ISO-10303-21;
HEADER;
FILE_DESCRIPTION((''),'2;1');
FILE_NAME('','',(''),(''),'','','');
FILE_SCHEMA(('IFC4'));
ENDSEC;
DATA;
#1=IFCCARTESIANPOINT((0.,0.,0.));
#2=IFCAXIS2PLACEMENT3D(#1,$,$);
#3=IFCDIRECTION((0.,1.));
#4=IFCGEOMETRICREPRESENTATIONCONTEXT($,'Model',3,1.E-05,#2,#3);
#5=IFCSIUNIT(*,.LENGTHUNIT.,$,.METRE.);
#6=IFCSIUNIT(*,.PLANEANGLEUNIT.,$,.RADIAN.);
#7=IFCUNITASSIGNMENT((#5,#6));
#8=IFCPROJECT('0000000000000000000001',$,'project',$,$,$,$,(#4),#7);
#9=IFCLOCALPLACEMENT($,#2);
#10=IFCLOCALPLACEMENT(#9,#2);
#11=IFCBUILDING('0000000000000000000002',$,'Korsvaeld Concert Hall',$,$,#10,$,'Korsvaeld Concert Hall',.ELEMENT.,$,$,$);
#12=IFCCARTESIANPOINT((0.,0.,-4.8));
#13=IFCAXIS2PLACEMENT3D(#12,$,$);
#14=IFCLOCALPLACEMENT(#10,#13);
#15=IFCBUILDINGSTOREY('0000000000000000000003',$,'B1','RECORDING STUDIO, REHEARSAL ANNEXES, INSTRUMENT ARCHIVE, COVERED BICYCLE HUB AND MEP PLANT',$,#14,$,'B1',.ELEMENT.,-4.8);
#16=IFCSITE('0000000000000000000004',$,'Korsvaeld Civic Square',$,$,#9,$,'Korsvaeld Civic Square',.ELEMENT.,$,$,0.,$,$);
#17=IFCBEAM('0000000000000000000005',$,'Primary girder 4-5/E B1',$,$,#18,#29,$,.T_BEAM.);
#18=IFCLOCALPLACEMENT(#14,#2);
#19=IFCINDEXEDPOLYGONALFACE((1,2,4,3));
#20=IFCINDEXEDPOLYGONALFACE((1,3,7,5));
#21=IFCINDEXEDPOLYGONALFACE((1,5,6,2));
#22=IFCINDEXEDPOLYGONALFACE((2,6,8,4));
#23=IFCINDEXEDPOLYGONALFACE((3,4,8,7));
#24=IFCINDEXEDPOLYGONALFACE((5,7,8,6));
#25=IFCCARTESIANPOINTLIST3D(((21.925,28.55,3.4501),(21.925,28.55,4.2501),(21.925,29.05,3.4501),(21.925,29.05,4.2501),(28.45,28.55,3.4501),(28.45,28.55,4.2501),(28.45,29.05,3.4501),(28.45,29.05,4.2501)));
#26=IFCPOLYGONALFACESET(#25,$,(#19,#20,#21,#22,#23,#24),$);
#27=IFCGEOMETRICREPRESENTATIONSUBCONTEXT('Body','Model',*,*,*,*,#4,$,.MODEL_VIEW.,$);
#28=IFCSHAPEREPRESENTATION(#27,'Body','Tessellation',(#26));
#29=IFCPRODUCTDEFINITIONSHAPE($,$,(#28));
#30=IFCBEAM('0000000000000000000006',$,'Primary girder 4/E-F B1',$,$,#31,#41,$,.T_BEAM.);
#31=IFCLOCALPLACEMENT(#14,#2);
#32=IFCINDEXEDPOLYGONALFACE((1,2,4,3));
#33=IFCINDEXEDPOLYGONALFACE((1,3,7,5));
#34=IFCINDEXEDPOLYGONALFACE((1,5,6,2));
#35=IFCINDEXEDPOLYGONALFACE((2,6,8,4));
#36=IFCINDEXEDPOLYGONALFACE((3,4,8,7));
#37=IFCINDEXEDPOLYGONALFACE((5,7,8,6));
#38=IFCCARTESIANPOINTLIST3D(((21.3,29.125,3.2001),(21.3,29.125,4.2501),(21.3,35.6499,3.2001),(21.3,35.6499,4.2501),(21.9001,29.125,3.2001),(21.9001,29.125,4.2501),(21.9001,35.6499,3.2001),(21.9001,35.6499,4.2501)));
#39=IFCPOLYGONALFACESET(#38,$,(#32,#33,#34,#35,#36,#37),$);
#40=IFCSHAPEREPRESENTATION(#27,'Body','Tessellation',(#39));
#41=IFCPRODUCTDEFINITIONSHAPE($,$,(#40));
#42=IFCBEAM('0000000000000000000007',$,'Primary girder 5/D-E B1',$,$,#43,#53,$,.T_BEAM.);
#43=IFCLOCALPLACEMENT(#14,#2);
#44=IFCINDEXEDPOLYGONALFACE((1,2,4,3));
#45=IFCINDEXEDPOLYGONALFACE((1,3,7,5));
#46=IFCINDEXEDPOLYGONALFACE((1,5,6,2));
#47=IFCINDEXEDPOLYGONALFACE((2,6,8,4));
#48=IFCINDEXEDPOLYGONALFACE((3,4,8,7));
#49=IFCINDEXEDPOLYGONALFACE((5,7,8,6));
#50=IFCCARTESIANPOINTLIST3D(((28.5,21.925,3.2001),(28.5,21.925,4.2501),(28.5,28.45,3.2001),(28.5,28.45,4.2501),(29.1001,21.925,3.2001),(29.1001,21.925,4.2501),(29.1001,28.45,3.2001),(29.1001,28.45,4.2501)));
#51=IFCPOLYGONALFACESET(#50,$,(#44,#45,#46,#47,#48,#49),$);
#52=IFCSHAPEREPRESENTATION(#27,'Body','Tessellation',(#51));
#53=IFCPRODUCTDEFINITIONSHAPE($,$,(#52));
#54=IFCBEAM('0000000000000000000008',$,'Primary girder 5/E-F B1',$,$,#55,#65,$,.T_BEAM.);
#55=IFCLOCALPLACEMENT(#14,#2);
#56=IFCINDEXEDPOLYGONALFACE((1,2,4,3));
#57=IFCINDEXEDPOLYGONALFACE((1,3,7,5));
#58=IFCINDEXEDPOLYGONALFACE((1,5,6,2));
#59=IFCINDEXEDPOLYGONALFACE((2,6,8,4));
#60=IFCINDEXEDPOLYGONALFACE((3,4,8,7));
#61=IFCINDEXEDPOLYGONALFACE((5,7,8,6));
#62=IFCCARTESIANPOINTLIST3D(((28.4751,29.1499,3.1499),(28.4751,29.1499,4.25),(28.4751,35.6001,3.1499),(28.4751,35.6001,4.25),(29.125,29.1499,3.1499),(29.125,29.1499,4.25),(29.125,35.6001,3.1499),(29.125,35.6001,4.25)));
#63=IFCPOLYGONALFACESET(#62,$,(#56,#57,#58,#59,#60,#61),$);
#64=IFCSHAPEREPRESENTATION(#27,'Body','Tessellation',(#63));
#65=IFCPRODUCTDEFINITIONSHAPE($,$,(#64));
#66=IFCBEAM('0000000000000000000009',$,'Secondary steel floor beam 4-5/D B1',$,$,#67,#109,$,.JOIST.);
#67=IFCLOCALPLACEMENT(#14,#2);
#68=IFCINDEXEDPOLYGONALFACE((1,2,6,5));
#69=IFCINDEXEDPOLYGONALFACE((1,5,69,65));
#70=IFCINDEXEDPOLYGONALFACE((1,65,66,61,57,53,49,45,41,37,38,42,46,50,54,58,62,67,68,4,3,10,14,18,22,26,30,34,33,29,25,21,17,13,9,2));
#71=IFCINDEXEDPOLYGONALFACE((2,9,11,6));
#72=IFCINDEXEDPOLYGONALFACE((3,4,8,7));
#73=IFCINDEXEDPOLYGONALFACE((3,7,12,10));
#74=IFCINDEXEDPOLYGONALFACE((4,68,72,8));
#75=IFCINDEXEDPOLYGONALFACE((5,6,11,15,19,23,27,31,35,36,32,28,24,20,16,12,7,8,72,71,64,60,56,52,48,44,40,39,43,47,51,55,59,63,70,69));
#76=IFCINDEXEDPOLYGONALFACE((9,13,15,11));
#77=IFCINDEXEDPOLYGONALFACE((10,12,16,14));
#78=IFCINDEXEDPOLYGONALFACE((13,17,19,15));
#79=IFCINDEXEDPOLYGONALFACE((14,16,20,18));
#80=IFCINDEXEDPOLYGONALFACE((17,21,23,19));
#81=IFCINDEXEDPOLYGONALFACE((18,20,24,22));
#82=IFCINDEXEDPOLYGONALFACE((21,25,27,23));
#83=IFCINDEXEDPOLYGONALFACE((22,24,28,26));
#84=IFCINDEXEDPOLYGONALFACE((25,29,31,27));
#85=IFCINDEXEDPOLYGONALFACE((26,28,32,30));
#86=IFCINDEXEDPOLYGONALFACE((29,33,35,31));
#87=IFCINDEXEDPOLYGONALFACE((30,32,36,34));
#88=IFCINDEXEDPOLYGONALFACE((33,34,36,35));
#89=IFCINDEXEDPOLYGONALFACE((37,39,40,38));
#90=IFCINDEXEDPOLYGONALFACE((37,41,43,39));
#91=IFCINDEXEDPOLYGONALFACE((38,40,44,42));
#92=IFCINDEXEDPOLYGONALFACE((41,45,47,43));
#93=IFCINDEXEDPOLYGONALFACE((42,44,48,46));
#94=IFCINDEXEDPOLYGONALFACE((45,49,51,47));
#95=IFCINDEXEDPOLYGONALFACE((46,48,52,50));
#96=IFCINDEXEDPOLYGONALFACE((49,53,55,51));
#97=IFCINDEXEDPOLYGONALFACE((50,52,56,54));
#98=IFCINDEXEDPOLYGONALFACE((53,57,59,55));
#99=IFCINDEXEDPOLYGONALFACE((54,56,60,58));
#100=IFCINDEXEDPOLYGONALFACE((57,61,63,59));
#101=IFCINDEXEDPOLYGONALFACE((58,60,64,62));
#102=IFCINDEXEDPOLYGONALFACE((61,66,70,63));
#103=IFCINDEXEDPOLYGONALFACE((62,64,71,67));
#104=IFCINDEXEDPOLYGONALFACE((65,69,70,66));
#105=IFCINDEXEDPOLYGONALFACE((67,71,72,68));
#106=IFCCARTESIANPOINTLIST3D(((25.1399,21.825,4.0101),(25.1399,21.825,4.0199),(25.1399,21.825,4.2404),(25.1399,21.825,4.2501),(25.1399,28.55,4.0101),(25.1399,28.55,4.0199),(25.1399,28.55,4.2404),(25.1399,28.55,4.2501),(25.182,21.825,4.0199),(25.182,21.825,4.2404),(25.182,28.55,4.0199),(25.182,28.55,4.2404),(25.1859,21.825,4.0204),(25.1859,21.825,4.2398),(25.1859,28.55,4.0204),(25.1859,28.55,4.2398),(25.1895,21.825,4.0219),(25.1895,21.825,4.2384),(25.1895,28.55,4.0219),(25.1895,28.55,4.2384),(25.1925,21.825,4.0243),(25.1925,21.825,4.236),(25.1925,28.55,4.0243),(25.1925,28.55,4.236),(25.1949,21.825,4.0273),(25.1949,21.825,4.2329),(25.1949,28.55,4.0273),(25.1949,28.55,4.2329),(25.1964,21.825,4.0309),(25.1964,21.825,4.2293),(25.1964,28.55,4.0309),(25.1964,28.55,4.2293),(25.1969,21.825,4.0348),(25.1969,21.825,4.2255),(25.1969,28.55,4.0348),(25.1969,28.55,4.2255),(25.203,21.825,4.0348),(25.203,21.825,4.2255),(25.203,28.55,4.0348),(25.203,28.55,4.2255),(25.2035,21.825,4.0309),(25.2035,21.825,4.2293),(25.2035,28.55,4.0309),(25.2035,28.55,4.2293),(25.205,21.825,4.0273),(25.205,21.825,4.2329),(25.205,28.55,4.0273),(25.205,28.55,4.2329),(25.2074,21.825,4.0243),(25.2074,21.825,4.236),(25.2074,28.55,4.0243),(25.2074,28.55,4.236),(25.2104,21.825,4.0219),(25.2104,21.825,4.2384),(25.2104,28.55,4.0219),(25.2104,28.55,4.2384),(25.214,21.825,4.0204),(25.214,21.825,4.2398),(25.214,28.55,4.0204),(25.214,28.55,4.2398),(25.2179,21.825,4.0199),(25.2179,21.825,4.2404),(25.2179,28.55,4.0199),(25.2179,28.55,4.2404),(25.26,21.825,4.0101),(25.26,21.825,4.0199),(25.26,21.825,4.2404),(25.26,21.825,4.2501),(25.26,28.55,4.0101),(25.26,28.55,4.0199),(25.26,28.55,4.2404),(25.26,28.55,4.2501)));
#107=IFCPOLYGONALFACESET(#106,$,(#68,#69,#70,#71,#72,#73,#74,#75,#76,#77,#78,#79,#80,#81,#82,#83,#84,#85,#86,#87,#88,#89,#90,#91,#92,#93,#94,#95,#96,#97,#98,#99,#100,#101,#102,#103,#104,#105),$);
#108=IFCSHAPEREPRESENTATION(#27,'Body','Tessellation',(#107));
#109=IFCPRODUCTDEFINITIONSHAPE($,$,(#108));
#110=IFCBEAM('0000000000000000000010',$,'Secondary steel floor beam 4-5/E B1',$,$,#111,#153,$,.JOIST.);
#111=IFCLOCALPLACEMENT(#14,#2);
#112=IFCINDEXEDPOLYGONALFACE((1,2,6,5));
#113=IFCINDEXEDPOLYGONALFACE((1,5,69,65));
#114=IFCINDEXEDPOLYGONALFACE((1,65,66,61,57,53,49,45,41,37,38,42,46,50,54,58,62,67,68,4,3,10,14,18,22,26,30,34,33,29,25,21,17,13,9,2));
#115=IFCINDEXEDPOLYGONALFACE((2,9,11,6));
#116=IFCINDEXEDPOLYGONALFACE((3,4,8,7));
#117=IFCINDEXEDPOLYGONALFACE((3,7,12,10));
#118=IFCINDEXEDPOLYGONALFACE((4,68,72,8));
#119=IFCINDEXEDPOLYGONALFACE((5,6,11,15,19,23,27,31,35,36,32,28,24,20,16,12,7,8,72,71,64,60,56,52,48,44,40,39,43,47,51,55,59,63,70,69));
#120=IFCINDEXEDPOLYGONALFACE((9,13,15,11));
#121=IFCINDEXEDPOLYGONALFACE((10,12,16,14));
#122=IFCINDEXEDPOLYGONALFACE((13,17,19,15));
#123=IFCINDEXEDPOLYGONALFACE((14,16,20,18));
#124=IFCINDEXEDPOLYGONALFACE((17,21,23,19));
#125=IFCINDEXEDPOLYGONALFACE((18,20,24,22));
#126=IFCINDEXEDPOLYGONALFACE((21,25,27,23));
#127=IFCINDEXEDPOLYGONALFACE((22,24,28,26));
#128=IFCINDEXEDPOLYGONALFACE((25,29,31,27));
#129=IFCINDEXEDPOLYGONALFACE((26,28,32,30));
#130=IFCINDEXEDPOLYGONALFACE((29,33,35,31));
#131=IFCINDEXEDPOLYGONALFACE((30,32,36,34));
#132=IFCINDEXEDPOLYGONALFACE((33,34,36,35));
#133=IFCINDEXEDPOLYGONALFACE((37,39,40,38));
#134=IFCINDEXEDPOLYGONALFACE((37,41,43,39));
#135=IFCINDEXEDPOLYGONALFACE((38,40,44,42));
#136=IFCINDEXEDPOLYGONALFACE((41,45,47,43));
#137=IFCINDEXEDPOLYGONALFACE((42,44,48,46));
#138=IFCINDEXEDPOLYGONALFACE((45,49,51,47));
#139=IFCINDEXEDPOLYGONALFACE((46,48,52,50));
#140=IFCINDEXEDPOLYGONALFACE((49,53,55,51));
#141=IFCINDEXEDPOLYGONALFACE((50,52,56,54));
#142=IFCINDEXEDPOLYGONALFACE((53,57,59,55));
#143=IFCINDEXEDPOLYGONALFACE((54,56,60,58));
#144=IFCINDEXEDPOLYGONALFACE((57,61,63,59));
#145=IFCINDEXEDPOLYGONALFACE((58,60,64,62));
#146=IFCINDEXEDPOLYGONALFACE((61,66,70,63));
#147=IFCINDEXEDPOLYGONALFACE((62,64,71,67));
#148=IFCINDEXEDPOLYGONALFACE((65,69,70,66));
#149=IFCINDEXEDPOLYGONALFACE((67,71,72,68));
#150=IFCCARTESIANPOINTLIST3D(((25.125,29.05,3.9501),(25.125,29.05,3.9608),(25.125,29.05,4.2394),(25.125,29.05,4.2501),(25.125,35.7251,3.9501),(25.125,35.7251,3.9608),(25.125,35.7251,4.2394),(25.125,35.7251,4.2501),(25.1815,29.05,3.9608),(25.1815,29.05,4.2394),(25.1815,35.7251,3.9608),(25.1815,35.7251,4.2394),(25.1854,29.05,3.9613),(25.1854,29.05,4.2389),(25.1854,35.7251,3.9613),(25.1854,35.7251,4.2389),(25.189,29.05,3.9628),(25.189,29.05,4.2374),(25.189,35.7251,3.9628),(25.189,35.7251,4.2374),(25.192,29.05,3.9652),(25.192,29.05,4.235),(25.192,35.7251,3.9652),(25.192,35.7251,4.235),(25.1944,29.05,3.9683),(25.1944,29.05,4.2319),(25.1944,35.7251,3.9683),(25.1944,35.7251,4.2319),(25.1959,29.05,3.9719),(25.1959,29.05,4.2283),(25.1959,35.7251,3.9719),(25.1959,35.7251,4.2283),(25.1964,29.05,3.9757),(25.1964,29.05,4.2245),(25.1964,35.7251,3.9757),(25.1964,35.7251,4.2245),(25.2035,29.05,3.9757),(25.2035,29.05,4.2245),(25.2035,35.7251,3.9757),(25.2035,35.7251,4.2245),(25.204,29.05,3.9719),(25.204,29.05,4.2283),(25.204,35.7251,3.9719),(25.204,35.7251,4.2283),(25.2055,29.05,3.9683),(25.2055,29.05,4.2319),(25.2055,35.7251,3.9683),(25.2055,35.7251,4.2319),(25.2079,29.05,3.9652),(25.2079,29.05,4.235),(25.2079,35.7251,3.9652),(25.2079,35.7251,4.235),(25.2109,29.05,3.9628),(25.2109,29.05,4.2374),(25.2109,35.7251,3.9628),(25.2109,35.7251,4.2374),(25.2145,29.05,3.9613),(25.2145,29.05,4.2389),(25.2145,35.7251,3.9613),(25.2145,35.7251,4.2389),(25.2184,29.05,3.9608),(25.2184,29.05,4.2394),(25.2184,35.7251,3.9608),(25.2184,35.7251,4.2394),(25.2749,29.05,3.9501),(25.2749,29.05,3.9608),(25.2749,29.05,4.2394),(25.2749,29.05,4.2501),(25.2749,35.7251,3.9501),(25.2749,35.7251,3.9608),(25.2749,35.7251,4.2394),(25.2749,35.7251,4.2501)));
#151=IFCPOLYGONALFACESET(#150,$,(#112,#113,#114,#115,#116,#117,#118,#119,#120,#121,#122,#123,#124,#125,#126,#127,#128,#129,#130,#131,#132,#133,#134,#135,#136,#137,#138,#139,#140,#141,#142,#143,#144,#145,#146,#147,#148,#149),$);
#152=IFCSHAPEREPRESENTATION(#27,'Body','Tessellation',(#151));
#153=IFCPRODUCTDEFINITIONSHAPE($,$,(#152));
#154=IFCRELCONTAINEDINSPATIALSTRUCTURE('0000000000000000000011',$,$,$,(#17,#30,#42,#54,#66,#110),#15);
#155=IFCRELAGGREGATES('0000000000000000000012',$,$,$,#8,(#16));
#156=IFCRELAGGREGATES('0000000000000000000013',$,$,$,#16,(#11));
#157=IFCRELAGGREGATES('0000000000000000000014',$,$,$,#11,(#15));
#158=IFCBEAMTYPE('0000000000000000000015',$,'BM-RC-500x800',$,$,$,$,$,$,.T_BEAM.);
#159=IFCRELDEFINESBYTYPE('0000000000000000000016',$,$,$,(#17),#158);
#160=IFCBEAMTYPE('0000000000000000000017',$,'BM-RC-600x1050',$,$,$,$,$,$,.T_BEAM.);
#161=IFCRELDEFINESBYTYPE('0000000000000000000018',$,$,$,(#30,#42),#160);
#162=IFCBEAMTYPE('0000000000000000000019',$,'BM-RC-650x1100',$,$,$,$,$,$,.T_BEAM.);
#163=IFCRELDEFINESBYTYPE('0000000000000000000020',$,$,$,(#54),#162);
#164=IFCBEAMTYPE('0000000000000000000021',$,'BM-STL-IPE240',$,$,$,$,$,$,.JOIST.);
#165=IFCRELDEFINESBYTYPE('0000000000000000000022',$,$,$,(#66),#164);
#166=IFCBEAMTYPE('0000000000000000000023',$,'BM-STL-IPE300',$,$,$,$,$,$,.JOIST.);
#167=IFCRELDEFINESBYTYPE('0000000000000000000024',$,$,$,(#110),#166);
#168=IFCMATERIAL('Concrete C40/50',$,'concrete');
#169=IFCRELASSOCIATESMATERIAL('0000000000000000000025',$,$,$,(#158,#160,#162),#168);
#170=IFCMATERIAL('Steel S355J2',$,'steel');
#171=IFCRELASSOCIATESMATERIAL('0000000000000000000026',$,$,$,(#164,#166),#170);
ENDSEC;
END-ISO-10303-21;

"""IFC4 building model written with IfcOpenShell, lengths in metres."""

from ifc_helpers import new_model, si_unit, direction, frame, origin, origin_2d, place, context, subcontext, project, spatial, rectangle, i_section, extrude, material, material_profile, profile_set, type_object, element, save


model = new_model("IFC4")

# Units and contexts
model_context = context("Model", 3, precision=1e-05, world=origin(), true_north=direction((0.0, 1.0)))
body_context = subcontext(model_context, "Body", "Model", "MODEL_VIEW")
ifc_project = project(units=[si_unit("LENGTHUNIT", "METRE"), si_unit("PLANEANGLEUNIT", "RADIAN")], contexts=[model_context])

# Site, building, storey
site_placement = place(None, origin())
site = spatial("IfcSite", under=ifc_project, at=site_placement, Name="Korsvaeld Civic Square", LongName="Korsvaeld Civic Square", CompositionType="ELEMENT", RefElevation=0.0)
building_placement = place(site_placement, origin())
building = spatial("IfcBuilding", under=site, at=building_placement, Name="Korsvaeld Concert Hall", LongName="Korsvaeld Concert Hall", CompositionType="ELEMENT")
storey_placement = place(building_placement, frame((0.0, 0.0, -4.8)))
storey = spatial("IfcBuildingStorey", under=building, at=storey_placement, Name="B1", Description="RECORDING STUDIO, REHEARSAL ANNEXES, INSTRUMENT ARCHIVE, COVERED BICYCLE HUB AND MEP PLANT", LongName="B1", CompositionType="ELEMENT", Elevation=-4.8)

# Shared definitions
ifc_material_1 = material(Name="Concrete C40/50", Category="concrete")

# Beams
ifc_material_profile_1 = material_profile(ifc_material_1, rectangle(XDim=0.5, YDim=0.8, at=origin_2d()), Name="RC 500x800")
ifc_profile_set_1 = profile_set([ifc_material_profile_1], Name="Concrete C40/50")
beam_type_1 = type_object("IfcBeamType", Name="BM-RC-500x800", PredefinedType="T_BEAM", material=ifc_profile_set_1)
beam_1_placement = place(storey_placement, frame((21.925, 28.8, 3.8501), z_axis=(1.0, 0.0, 0.0), x_axis=(0.0, 1.0, 0.0)))
element("IfcBeam", 1, at=beam_1_placement, inside=storey, type_object=beam_type_1, Name="Primary girder 4-5/E B1", PredefinedType="T_BEAM", context=body_context, shape_type="SweptSolid", body=[
    extrude(rectangle(XDim=0.5, YDim=0.8, at=origin_2d()), origin(), (0.0, 0.0, 1.0), 6.5249),
])
ifc_material_profile_2 = material_profile(ifc_material_1, rectangle(XDim=0.6001, YDim=1.05, at=origin_2d()), Name="RC 600x1050")
ifc_profile_set_2 = profile_set([ifc_material_profile_2], Name="Concrete C40/50")
beam_type_2 = type_object("IfcBeamType", Name="BM-RC-600x1050", PredefinedType="T_BEAM", material=ifc_profile_set_2)
for number, where, z_axis, x_axis, name in (
    (2, (21.6001, 29.125, 3.7251), (0.0, 1.0, 0.0), (-1.0, 0.0, 0.0), "Primary girder 4/E-F B1"),
    (3, (28.8, 21.925, 3.7251), (0.0, 1.0, 0.0), (-1.0, 0.0, 0.0), "Primary girder 5/D-E B1"),
):
    element("IfcBeam", number, at=place(storey_placement, frame(where, z_axis=z_axis, x_axis=x_axis)), inside=storey, type_object=beam_type_2, Name=name, PredefinedType="T_BEAM", context=body_context, shape_type="SweptSolid", body=[
        extrude(rectangle(XDim=0.6001, YDim=1.05, at=origin_2d()), origin(), (0.0, 0.0, 1.0), 6.5249),
    ])
ifc_material_profile_3 = material_profile(ifc_material_1, rectangle(XDim=0.6499, YDim=1.1001, at=origin_2d()), Name="RC 650x1100")
ifc_profile_set_3 = profile_set([ifc_material_profile_3], Name="Concrete C40/50")
beam_type_3 = type_object("IfcBeamType", Name="BM-RC-650x1100", PredefinedType="T_BEAM", material=ifc_profile_set_3)
beam_2_placement = place(storey_placement, frame((28.8, 29.1499, 3.7), z_axis=(0.0, 1.0, 0.0), x_axis=(-1.0, 0.0, 0.0)))
element("IfcBeam", 4, at=beam_2_placement, inside=storey, type_object=beam_type_3, Name="Primary girder 5/E-F B1", PredefinedType="T_BEAM", context=body_context, shape_type="SweptSolid", body=[
    extrude(rectangle(XDim=0.6499, YDim=1.1001, at=origin_2d()), origin(), (0.0, 0.0, 1.0), 6.4502),
])
ifc_material_2 = material(Name="Steel S355J2", Category="steel")
ifc_material_profile_4 = material_profile(ifc_material_2, i_section(OverallWidth=0.1201, OverallDepth=0.24, WebThickness=0.0061, FlangeThickness=0.0098, FilletRadius=0.0149, at=origin_2d()), Name="IPE 240")
ifc_profile_set_4 = profile_set([ifc_material_profile_4], Name="Steel S355J2")
beam_type_4 = type_object("IfcBeamType", Name="BM-STL-IPE240", PredefinedType="JOIST", material=ifc_profile_set_4)
beam_3_placement = place(storey_placement, frame((25.2, 21.825, 4.1301), z_axis=(0.0, 1.0, 0.0), x_axis=(-1.0, 0.0, 0.0)))
element("IfcBeam", 5, at=beam_3_placement, inside=storey, type_object=beam_type_4, Name="Secondary steel floor beam 4-5/D B1", PredefinedType="JOIST", context=body_context, shape_type="SweptSolid", body=[
    extrude(i_section(OverallWidth=0.1201, OverallDepth=0.24, WebThickness=0.0061, FlangeThickness=0.0098, FilletRadius=0.0149, at=origin_2d()), origin(), (0.0, 0.0, 1.0), 6.7251),
])
ifc_material_profile_5 = material_profile(ifc_material_2, i_section(OverallWidth=0.1499, OverallDepth=0.3, WebThickness=0.0071, FlangeThickness=0.0107, FilletRadius=0.0149, at=origin_2d()), Name="IPE 300")
ifc_profile_set_5 = profile_set([ifc_material_profile_5], Name="Steel S355J2")
beam_type_5 = type_object("IfcBeamType", Name="BM-STL-IPE300", PredefinedType="JOIST", material=ifc_profile_set_5)
beam_4_placement = place(storey_placement, frame((25.2, 29.05, 4.1001), z_axis=(0.0, 1.0, 0.0), x_axis=(-1.0, 0.0, 0.0)))
element("IfcBeam", 6, at=beam_4_placement, inside=storey, type_object=beam_type_5, Name="Secondary steel floor beam 4-5/E B1", PredefinedType="JOIST", context=body_context, shape_type="SweptSolid", body=[
    extrude(i_section(OverallWidth=0.1499, OverallDepth=0.3, WebThickness=0.0071, FlangeThickness=0.0107, FilletRadius=0.0149, at=origin_2d()), origin(), (0.0, 0.0, 1.0), 6.675),
])

save(model, "model.ifc")
